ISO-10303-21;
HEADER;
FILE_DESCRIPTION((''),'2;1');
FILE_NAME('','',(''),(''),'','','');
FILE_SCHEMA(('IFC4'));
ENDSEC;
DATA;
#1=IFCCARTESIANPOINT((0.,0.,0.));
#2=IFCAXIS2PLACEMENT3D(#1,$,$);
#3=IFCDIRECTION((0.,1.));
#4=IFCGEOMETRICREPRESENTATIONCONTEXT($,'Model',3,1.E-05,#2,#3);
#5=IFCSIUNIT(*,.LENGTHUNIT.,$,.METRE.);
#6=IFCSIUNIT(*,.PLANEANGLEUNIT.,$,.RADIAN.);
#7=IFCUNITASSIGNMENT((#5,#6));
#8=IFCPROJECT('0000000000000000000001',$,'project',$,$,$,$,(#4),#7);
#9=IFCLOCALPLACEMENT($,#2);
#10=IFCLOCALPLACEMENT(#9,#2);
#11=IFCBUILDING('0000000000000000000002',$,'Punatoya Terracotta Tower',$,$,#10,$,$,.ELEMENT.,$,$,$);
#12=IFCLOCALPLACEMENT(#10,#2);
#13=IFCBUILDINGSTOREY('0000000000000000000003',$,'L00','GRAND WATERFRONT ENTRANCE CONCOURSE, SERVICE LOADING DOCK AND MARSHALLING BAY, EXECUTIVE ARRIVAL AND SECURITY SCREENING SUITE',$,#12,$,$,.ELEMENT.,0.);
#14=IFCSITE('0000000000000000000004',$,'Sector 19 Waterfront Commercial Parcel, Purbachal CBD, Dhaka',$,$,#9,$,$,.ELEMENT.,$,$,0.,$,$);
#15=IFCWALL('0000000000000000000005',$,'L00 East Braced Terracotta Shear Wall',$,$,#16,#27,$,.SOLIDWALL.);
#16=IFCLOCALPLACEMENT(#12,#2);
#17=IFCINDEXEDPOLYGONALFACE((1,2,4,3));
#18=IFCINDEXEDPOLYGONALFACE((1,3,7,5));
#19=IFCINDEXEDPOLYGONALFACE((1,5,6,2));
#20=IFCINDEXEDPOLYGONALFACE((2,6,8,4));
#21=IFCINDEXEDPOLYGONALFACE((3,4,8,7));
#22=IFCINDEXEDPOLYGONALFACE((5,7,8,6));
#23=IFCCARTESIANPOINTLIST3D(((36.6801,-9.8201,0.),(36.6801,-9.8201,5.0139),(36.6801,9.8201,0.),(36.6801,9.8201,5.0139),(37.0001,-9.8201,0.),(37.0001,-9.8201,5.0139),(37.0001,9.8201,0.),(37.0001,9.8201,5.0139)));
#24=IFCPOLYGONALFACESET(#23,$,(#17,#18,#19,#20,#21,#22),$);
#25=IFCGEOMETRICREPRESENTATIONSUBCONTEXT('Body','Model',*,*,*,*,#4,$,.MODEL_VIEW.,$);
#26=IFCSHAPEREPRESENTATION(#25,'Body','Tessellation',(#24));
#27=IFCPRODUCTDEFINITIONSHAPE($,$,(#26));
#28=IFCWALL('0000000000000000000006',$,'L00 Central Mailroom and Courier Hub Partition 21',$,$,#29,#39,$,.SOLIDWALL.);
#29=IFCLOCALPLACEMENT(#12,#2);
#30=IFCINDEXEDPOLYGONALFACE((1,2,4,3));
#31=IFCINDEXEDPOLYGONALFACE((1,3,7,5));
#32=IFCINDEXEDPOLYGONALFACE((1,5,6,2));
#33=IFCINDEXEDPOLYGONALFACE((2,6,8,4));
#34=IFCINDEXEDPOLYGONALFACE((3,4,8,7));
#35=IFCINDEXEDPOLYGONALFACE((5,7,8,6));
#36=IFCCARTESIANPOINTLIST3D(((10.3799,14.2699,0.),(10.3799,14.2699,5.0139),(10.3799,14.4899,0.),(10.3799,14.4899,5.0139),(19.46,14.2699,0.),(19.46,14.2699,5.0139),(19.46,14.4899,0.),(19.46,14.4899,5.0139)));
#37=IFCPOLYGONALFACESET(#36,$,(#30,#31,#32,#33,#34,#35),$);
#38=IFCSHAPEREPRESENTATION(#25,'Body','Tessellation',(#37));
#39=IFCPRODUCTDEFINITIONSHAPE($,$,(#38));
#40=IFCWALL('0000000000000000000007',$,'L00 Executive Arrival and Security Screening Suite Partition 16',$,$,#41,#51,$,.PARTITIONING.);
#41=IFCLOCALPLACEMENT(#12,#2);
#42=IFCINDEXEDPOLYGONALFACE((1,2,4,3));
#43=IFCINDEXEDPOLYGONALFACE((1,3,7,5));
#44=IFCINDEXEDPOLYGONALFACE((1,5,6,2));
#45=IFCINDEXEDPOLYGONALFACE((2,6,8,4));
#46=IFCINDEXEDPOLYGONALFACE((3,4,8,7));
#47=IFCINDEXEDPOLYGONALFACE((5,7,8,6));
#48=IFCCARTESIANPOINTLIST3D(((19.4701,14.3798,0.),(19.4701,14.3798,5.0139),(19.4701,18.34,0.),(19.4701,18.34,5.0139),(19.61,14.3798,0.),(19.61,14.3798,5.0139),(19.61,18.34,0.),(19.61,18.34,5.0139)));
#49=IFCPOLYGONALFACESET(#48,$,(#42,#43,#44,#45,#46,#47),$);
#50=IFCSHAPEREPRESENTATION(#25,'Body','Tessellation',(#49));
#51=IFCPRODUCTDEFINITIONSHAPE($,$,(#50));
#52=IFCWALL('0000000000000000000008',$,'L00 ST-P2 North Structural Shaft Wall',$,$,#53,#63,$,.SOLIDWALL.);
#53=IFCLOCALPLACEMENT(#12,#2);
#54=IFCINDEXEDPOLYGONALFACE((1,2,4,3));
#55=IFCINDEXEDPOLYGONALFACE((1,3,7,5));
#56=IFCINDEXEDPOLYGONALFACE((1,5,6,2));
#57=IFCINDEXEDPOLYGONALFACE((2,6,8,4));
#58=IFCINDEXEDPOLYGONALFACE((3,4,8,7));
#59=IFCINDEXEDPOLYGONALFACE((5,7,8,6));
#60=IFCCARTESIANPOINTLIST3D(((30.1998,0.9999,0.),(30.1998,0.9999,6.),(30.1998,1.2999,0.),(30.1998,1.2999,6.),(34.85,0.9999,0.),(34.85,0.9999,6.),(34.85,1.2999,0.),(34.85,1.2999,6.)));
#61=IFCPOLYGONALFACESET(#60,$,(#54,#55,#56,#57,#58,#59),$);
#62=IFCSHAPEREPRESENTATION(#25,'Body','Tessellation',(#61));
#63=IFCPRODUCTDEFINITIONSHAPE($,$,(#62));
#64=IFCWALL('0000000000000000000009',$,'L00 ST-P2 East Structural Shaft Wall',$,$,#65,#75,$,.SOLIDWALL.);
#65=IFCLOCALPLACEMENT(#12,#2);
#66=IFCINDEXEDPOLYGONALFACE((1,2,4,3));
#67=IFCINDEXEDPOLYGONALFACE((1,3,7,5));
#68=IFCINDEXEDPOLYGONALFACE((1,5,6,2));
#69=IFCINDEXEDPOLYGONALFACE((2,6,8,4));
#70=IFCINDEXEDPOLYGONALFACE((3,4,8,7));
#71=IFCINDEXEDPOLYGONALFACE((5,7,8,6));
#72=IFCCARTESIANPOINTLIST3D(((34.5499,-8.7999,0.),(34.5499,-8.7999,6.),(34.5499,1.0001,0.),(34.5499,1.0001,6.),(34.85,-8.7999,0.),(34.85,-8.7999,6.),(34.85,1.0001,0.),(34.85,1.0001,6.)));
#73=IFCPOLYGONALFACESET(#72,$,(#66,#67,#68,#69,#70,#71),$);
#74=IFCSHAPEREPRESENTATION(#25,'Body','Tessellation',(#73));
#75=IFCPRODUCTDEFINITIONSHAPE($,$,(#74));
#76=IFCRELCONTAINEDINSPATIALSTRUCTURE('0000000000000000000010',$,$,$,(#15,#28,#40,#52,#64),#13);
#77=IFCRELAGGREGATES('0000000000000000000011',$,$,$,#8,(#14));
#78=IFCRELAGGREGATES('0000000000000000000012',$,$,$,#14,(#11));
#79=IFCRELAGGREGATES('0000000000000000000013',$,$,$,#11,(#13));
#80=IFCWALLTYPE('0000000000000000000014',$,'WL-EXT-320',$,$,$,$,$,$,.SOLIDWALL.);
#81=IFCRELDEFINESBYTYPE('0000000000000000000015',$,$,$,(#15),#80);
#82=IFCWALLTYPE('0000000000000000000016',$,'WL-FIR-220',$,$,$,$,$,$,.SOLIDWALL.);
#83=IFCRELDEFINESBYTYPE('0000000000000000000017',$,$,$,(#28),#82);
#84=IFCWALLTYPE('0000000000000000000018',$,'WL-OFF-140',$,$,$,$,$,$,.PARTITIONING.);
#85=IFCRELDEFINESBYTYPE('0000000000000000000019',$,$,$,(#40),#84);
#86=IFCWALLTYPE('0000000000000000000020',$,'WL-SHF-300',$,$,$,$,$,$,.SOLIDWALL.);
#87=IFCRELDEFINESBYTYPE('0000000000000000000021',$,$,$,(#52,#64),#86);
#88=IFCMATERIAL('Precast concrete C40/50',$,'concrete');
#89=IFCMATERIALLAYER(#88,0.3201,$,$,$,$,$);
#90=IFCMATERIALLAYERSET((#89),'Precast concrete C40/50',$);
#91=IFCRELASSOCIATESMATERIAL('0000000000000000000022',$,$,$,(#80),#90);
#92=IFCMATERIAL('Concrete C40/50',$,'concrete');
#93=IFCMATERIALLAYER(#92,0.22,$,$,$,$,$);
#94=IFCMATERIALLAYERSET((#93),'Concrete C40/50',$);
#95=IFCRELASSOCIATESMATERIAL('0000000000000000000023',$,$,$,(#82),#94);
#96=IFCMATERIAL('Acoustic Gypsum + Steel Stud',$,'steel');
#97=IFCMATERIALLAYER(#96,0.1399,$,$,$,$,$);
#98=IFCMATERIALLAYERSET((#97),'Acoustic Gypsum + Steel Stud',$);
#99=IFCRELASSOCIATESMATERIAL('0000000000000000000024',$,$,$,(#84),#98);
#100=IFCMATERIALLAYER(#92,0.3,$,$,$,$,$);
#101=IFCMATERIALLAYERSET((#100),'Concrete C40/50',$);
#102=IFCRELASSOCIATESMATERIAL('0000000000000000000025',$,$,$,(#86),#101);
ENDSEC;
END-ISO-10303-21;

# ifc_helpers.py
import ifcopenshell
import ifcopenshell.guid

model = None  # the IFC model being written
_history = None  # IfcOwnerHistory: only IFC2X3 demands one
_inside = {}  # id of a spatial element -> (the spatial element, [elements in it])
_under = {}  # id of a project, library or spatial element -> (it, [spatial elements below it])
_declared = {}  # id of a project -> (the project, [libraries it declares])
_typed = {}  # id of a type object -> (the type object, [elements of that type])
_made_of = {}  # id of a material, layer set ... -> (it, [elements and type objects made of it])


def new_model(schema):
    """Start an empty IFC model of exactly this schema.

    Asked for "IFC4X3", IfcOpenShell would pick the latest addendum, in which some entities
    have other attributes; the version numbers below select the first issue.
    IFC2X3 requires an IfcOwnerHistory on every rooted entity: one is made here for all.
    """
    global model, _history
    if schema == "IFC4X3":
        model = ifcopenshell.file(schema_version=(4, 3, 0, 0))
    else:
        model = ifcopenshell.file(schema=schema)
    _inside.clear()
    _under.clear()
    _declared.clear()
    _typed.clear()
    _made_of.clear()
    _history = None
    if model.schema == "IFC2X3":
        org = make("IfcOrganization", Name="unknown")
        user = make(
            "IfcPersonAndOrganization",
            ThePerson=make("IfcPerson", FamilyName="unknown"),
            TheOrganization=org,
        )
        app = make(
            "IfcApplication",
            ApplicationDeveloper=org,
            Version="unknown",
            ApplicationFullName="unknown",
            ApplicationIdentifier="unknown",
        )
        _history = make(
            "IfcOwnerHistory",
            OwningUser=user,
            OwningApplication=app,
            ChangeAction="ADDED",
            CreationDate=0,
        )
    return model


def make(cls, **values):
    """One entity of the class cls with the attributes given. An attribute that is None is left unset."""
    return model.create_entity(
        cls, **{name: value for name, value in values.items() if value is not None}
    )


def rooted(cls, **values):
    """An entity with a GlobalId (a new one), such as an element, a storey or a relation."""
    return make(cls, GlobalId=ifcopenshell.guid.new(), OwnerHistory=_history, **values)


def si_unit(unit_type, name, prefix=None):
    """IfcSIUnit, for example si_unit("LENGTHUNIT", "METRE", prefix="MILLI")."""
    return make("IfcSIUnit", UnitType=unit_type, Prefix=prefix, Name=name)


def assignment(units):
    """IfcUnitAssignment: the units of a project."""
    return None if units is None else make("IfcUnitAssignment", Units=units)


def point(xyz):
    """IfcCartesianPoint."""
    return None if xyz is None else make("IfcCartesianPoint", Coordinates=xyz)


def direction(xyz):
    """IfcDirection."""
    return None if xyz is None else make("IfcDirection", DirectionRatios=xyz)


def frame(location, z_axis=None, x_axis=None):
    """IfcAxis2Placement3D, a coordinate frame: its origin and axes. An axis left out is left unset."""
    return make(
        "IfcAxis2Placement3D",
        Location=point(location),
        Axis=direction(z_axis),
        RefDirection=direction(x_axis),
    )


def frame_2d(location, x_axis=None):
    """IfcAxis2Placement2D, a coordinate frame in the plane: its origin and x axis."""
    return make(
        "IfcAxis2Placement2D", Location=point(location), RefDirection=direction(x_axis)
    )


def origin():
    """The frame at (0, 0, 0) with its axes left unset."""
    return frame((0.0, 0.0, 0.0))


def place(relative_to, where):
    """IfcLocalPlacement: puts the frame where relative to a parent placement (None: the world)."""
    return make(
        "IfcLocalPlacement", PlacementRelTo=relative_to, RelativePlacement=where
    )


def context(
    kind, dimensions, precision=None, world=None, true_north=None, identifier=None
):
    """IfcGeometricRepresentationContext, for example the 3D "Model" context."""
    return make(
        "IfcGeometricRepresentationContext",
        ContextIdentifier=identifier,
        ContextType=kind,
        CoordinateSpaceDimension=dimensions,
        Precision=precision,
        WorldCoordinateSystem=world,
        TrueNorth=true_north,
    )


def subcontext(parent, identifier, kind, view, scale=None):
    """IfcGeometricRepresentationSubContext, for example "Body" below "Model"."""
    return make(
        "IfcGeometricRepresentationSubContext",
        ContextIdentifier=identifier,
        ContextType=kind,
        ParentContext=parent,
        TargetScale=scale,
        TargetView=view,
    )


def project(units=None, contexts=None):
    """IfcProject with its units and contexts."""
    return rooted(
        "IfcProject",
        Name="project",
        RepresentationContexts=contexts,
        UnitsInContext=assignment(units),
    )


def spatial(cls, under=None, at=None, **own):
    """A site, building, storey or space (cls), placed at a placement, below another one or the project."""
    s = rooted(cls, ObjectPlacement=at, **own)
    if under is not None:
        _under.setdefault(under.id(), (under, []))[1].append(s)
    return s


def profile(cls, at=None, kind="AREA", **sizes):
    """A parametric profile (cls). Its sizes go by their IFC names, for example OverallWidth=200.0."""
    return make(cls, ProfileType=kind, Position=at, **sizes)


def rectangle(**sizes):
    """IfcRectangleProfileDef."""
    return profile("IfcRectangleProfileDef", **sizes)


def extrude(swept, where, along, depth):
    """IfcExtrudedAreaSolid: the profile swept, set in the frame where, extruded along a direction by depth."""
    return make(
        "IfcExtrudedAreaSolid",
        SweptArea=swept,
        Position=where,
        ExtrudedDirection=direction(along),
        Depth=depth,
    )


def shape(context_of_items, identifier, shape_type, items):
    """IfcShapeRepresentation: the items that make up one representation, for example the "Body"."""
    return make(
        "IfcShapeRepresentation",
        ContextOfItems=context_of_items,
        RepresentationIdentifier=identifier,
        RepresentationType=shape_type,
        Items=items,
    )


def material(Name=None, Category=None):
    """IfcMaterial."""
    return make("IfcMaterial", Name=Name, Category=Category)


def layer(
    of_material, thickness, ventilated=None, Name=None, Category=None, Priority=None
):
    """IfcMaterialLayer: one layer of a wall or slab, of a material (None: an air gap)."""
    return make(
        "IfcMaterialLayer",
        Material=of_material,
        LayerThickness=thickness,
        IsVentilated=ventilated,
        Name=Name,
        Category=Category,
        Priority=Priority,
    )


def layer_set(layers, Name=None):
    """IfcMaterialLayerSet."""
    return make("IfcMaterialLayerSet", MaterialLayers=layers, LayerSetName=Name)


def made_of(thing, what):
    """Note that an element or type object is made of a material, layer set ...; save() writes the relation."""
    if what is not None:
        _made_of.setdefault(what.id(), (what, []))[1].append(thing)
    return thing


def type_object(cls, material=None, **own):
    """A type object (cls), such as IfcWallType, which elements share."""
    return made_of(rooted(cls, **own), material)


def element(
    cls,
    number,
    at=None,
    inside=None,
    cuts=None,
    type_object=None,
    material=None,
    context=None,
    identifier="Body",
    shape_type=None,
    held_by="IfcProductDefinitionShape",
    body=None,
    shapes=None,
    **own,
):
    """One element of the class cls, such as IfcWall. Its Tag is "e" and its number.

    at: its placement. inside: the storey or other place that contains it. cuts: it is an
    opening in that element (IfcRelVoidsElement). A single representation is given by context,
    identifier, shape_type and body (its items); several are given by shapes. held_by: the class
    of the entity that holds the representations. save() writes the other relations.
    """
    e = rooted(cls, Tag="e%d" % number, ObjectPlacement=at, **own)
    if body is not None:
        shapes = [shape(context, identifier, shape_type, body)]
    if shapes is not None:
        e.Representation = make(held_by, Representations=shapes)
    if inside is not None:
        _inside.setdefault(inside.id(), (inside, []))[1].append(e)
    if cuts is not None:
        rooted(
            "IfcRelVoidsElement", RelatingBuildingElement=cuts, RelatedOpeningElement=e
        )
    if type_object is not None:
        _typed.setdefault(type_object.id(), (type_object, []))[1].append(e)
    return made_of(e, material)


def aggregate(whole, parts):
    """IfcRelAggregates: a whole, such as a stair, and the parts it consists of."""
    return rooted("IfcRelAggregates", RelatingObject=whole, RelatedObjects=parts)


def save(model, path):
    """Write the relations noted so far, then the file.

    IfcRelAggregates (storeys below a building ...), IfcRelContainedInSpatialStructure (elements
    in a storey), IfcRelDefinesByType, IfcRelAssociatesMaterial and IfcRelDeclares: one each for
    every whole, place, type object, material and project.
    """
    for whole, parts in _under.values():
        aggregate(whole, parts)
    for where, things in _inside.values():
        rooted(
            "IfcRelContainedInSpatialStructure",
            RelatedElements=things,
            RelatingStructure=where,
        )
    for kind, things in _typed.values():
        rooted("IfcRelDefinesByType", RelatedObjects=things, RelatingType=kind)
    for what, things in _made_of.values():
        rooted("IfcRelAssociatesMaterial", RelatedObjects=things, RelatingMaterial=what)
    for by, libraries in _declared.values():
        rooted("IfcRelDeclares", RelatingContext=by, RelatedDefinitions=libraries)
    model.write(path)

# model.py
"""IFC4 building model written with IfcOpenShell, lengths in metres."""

from ifc_helpers import new_model, si_unit, direction, frame, frame_2d, origin, place, context, subcontext, project, spatial, rectangle, extrude, material, layer, layer_set, type_object, element, save


model = new_model("IFC4")

# Units and contexts
model_context = context("Model", 3, precision=1e-05, world=origin(), true_north=direction((0.0, 1.0)))
body_context = subcontext(model_context, "Body", "Model", "MODEL_VIEW")
ifc_project = project(units=[si_unit("LENGTHUNIT", "METRE"), si_unit("PLANEANGLEUNIT", "RADIAN")], contexts=[model_context])

# Site, building, storey
site_placement = place(None, origin())
site = spatial("IfcSite", under=ifc_project, at=site_placement, Name="Sector 19 Waterfront Commercial Parcel, Purbachal CBD, Dhaka", CompositionType="ELEMENT", RefElevation=0.0)
building_placement = place(site_placement, origin())
building = spatial("IfcBuilding", under=site, at=building_placement, Name="Punatoya Terracotta Tower", CompositionType="ELEMENT")
storey_placement = place(building_placement, origin())
storey = spatial("IfcBuildingStorey", under=building, at=storey_placement, Name="L00", Description="GRAND WATERFRONT ENTRANCE CONCOURSE, SERVICE LOADING DOCK AND MARSHALLING BAY, EXECUTIVE ARRIVAL AND SECURITY SCREENING SUITE", CompositionType="ELEMENT", Elevation=0.0)

# Walls
ifc_material_1 = material(Name="Precast concrete C40/50", Category="concrete")
ifc_layer_1 = layer(ifc_material_1, 0.3201)
ifc_layer_set_1 = layer_set([ifc_layer_1], Name="Precast concrete C40/50")
wall_type_1 = type_object("IfcWallType", Name="WL-EXT-320", PredefinedType="SOLIDWALL", material=ifc_layer_set_1)
wall_1_placement = place(storey_placement, frame((36.8401, 9.8201, 0.0), z_axis=(0.0, 0.0, 1.0), x_axis=(0.0, -1.0, 0.0)))
element("IfcWall", 1, at=wall_1_placement, inside=storey, type_object=wall_type_1, Name="L00 East Braced Terracotta Shear Wall", PredefinedType="SOLIDWALL", context=body_context, shape_type="SweptSolid", body=[
    extrude(rectangle(XDim=19.6401, YDim=0.3201, at=frame_2d((9.8201, 0.0))), origin(), (0.0, 0.0, 1.0), 5.0139),
])
ifc_material_2 = material(Name="Concrete C40/50", Category="concrete")
ifc_layer_2 = layer(ifc_material_2, 0.22)
ifc_layer_set_2 = layer_set([ifc_layer_2], Name="Concrete C40/50")
wall_type_2 = type_object("IfcWallType", Name="WL-FIR-220", PredefinedType="SOLIDWALL", material=ifc_layer_set_2)
wall_2_placement = place(storey_placement, frame((19.46, 14.3799, 0.0), z_axis=(0.0, 0.0, 1.0), x_axis=(-1.0, 0.0, 0.0)))
element("IfcWall", 2, at=wall_2_placement, inside=storey, type_object=wall_type_2, Name="L00 Central Mailroom and Courier Hub Partition 21", PredefinedType="SOLIDWALL", context=body_context, shape_type="SweptSolid", body=[
    extrude(rectangle(XDim=9.0801, YDim=0.22, at=frame_2d((4.54, 0.0))), origin(), (0.0, 0.0, 1.0), 5.0139),
])
ifc_material_3 = material(Name="Acoustic Gypsum + Steel Stud", Category="steel")
ifc_layer_3 = layer(ifc_material_3, 0.1399)
ifc_layer_set_3 = layer_set([ifc_layer_3], Name="Acoustic Gypsum + Steel Stud")
wall_type_3 = type_object("IfcWallType", Name="WL-OFF-140", PredefinedType="PARTITIONING", material=ifc_layer_set_3)
wall_3_placement = place(storey_placement, frame((19.54, 14.3799, 0.0), z_axis=(0.0, 0.0, 1.0), x_axis=(0.0, 1.0, 0.0)))
element("IfcWall", 3, at=wall_3_placement, inside=storey, type_object=wall_type_3, Name="L00 Executive Arrival and Security Screening Suite Partition 16", PredefinedType="PARTITIONING", context=body_context, shape_type="SweptSolid", body=[
    extrude(rectangle(XDim=3.9602, YDim=0.1399, at=frame_2d((1.98, 0.0))), origin(), (0.0, 0.0, 1.0), 5.0139),
])
ifc_layer_4 = layer(ifc_material_2, 0.3)
ifc_layer_set_4 = layer_set([ifc_layer_4], Name="Concrete C40/50")
wall_type_4 = type_object("IfcWallType", Name="WL-SHF-300", PredefinedType="SOLIDWALL", material=ifc_layer_set_4)
wall_4_placement = place(storey_placement, frame((34.8501, 1.1499, 0.0), z_axis=(0.0, 0.0, 1.0), x_axis=(-1.0, 0.0, 0.0)))
element("IfcWall", 4, at=wall_4_placement, inside=storey, type_object=wall_type_4, Name="L00 ST-P2 North Structural Shaft Wall", PredefinedType="SOLIDWALL", context=body_context, shape_type="SweptSolid", body=[
    extrude(rectangle(XDim=4.6501, YDim=0.3, at=frame_2d((2.3252, 0.0))), origin(), (0.0, 0.0, 1.0), 6.0),
])
wall_5_placement = place(storey_placement, frame((34.7, 1.0, 0.0), z_axis=(0.0, 0.0, 1.0), x_axis=(0.0, -1.0, 0.0)))
element("IfcWall", 5, at=wall_5_placement, inside=storey, type_object=wall_type_4, Name="L00 ST-P2 East Structural Shaft Wall", PredefinedType="SOLIDWALL", context=body_context, shape_type="SweptSolid", body=[
    extrude(rectangle(XDim=9.8, YDim=0.3, at=frame_2d((4.8999, 0.0))), origin(), (0.0, 0.0, 1.0), 6.0),
])

save(model, "model.ifc")
